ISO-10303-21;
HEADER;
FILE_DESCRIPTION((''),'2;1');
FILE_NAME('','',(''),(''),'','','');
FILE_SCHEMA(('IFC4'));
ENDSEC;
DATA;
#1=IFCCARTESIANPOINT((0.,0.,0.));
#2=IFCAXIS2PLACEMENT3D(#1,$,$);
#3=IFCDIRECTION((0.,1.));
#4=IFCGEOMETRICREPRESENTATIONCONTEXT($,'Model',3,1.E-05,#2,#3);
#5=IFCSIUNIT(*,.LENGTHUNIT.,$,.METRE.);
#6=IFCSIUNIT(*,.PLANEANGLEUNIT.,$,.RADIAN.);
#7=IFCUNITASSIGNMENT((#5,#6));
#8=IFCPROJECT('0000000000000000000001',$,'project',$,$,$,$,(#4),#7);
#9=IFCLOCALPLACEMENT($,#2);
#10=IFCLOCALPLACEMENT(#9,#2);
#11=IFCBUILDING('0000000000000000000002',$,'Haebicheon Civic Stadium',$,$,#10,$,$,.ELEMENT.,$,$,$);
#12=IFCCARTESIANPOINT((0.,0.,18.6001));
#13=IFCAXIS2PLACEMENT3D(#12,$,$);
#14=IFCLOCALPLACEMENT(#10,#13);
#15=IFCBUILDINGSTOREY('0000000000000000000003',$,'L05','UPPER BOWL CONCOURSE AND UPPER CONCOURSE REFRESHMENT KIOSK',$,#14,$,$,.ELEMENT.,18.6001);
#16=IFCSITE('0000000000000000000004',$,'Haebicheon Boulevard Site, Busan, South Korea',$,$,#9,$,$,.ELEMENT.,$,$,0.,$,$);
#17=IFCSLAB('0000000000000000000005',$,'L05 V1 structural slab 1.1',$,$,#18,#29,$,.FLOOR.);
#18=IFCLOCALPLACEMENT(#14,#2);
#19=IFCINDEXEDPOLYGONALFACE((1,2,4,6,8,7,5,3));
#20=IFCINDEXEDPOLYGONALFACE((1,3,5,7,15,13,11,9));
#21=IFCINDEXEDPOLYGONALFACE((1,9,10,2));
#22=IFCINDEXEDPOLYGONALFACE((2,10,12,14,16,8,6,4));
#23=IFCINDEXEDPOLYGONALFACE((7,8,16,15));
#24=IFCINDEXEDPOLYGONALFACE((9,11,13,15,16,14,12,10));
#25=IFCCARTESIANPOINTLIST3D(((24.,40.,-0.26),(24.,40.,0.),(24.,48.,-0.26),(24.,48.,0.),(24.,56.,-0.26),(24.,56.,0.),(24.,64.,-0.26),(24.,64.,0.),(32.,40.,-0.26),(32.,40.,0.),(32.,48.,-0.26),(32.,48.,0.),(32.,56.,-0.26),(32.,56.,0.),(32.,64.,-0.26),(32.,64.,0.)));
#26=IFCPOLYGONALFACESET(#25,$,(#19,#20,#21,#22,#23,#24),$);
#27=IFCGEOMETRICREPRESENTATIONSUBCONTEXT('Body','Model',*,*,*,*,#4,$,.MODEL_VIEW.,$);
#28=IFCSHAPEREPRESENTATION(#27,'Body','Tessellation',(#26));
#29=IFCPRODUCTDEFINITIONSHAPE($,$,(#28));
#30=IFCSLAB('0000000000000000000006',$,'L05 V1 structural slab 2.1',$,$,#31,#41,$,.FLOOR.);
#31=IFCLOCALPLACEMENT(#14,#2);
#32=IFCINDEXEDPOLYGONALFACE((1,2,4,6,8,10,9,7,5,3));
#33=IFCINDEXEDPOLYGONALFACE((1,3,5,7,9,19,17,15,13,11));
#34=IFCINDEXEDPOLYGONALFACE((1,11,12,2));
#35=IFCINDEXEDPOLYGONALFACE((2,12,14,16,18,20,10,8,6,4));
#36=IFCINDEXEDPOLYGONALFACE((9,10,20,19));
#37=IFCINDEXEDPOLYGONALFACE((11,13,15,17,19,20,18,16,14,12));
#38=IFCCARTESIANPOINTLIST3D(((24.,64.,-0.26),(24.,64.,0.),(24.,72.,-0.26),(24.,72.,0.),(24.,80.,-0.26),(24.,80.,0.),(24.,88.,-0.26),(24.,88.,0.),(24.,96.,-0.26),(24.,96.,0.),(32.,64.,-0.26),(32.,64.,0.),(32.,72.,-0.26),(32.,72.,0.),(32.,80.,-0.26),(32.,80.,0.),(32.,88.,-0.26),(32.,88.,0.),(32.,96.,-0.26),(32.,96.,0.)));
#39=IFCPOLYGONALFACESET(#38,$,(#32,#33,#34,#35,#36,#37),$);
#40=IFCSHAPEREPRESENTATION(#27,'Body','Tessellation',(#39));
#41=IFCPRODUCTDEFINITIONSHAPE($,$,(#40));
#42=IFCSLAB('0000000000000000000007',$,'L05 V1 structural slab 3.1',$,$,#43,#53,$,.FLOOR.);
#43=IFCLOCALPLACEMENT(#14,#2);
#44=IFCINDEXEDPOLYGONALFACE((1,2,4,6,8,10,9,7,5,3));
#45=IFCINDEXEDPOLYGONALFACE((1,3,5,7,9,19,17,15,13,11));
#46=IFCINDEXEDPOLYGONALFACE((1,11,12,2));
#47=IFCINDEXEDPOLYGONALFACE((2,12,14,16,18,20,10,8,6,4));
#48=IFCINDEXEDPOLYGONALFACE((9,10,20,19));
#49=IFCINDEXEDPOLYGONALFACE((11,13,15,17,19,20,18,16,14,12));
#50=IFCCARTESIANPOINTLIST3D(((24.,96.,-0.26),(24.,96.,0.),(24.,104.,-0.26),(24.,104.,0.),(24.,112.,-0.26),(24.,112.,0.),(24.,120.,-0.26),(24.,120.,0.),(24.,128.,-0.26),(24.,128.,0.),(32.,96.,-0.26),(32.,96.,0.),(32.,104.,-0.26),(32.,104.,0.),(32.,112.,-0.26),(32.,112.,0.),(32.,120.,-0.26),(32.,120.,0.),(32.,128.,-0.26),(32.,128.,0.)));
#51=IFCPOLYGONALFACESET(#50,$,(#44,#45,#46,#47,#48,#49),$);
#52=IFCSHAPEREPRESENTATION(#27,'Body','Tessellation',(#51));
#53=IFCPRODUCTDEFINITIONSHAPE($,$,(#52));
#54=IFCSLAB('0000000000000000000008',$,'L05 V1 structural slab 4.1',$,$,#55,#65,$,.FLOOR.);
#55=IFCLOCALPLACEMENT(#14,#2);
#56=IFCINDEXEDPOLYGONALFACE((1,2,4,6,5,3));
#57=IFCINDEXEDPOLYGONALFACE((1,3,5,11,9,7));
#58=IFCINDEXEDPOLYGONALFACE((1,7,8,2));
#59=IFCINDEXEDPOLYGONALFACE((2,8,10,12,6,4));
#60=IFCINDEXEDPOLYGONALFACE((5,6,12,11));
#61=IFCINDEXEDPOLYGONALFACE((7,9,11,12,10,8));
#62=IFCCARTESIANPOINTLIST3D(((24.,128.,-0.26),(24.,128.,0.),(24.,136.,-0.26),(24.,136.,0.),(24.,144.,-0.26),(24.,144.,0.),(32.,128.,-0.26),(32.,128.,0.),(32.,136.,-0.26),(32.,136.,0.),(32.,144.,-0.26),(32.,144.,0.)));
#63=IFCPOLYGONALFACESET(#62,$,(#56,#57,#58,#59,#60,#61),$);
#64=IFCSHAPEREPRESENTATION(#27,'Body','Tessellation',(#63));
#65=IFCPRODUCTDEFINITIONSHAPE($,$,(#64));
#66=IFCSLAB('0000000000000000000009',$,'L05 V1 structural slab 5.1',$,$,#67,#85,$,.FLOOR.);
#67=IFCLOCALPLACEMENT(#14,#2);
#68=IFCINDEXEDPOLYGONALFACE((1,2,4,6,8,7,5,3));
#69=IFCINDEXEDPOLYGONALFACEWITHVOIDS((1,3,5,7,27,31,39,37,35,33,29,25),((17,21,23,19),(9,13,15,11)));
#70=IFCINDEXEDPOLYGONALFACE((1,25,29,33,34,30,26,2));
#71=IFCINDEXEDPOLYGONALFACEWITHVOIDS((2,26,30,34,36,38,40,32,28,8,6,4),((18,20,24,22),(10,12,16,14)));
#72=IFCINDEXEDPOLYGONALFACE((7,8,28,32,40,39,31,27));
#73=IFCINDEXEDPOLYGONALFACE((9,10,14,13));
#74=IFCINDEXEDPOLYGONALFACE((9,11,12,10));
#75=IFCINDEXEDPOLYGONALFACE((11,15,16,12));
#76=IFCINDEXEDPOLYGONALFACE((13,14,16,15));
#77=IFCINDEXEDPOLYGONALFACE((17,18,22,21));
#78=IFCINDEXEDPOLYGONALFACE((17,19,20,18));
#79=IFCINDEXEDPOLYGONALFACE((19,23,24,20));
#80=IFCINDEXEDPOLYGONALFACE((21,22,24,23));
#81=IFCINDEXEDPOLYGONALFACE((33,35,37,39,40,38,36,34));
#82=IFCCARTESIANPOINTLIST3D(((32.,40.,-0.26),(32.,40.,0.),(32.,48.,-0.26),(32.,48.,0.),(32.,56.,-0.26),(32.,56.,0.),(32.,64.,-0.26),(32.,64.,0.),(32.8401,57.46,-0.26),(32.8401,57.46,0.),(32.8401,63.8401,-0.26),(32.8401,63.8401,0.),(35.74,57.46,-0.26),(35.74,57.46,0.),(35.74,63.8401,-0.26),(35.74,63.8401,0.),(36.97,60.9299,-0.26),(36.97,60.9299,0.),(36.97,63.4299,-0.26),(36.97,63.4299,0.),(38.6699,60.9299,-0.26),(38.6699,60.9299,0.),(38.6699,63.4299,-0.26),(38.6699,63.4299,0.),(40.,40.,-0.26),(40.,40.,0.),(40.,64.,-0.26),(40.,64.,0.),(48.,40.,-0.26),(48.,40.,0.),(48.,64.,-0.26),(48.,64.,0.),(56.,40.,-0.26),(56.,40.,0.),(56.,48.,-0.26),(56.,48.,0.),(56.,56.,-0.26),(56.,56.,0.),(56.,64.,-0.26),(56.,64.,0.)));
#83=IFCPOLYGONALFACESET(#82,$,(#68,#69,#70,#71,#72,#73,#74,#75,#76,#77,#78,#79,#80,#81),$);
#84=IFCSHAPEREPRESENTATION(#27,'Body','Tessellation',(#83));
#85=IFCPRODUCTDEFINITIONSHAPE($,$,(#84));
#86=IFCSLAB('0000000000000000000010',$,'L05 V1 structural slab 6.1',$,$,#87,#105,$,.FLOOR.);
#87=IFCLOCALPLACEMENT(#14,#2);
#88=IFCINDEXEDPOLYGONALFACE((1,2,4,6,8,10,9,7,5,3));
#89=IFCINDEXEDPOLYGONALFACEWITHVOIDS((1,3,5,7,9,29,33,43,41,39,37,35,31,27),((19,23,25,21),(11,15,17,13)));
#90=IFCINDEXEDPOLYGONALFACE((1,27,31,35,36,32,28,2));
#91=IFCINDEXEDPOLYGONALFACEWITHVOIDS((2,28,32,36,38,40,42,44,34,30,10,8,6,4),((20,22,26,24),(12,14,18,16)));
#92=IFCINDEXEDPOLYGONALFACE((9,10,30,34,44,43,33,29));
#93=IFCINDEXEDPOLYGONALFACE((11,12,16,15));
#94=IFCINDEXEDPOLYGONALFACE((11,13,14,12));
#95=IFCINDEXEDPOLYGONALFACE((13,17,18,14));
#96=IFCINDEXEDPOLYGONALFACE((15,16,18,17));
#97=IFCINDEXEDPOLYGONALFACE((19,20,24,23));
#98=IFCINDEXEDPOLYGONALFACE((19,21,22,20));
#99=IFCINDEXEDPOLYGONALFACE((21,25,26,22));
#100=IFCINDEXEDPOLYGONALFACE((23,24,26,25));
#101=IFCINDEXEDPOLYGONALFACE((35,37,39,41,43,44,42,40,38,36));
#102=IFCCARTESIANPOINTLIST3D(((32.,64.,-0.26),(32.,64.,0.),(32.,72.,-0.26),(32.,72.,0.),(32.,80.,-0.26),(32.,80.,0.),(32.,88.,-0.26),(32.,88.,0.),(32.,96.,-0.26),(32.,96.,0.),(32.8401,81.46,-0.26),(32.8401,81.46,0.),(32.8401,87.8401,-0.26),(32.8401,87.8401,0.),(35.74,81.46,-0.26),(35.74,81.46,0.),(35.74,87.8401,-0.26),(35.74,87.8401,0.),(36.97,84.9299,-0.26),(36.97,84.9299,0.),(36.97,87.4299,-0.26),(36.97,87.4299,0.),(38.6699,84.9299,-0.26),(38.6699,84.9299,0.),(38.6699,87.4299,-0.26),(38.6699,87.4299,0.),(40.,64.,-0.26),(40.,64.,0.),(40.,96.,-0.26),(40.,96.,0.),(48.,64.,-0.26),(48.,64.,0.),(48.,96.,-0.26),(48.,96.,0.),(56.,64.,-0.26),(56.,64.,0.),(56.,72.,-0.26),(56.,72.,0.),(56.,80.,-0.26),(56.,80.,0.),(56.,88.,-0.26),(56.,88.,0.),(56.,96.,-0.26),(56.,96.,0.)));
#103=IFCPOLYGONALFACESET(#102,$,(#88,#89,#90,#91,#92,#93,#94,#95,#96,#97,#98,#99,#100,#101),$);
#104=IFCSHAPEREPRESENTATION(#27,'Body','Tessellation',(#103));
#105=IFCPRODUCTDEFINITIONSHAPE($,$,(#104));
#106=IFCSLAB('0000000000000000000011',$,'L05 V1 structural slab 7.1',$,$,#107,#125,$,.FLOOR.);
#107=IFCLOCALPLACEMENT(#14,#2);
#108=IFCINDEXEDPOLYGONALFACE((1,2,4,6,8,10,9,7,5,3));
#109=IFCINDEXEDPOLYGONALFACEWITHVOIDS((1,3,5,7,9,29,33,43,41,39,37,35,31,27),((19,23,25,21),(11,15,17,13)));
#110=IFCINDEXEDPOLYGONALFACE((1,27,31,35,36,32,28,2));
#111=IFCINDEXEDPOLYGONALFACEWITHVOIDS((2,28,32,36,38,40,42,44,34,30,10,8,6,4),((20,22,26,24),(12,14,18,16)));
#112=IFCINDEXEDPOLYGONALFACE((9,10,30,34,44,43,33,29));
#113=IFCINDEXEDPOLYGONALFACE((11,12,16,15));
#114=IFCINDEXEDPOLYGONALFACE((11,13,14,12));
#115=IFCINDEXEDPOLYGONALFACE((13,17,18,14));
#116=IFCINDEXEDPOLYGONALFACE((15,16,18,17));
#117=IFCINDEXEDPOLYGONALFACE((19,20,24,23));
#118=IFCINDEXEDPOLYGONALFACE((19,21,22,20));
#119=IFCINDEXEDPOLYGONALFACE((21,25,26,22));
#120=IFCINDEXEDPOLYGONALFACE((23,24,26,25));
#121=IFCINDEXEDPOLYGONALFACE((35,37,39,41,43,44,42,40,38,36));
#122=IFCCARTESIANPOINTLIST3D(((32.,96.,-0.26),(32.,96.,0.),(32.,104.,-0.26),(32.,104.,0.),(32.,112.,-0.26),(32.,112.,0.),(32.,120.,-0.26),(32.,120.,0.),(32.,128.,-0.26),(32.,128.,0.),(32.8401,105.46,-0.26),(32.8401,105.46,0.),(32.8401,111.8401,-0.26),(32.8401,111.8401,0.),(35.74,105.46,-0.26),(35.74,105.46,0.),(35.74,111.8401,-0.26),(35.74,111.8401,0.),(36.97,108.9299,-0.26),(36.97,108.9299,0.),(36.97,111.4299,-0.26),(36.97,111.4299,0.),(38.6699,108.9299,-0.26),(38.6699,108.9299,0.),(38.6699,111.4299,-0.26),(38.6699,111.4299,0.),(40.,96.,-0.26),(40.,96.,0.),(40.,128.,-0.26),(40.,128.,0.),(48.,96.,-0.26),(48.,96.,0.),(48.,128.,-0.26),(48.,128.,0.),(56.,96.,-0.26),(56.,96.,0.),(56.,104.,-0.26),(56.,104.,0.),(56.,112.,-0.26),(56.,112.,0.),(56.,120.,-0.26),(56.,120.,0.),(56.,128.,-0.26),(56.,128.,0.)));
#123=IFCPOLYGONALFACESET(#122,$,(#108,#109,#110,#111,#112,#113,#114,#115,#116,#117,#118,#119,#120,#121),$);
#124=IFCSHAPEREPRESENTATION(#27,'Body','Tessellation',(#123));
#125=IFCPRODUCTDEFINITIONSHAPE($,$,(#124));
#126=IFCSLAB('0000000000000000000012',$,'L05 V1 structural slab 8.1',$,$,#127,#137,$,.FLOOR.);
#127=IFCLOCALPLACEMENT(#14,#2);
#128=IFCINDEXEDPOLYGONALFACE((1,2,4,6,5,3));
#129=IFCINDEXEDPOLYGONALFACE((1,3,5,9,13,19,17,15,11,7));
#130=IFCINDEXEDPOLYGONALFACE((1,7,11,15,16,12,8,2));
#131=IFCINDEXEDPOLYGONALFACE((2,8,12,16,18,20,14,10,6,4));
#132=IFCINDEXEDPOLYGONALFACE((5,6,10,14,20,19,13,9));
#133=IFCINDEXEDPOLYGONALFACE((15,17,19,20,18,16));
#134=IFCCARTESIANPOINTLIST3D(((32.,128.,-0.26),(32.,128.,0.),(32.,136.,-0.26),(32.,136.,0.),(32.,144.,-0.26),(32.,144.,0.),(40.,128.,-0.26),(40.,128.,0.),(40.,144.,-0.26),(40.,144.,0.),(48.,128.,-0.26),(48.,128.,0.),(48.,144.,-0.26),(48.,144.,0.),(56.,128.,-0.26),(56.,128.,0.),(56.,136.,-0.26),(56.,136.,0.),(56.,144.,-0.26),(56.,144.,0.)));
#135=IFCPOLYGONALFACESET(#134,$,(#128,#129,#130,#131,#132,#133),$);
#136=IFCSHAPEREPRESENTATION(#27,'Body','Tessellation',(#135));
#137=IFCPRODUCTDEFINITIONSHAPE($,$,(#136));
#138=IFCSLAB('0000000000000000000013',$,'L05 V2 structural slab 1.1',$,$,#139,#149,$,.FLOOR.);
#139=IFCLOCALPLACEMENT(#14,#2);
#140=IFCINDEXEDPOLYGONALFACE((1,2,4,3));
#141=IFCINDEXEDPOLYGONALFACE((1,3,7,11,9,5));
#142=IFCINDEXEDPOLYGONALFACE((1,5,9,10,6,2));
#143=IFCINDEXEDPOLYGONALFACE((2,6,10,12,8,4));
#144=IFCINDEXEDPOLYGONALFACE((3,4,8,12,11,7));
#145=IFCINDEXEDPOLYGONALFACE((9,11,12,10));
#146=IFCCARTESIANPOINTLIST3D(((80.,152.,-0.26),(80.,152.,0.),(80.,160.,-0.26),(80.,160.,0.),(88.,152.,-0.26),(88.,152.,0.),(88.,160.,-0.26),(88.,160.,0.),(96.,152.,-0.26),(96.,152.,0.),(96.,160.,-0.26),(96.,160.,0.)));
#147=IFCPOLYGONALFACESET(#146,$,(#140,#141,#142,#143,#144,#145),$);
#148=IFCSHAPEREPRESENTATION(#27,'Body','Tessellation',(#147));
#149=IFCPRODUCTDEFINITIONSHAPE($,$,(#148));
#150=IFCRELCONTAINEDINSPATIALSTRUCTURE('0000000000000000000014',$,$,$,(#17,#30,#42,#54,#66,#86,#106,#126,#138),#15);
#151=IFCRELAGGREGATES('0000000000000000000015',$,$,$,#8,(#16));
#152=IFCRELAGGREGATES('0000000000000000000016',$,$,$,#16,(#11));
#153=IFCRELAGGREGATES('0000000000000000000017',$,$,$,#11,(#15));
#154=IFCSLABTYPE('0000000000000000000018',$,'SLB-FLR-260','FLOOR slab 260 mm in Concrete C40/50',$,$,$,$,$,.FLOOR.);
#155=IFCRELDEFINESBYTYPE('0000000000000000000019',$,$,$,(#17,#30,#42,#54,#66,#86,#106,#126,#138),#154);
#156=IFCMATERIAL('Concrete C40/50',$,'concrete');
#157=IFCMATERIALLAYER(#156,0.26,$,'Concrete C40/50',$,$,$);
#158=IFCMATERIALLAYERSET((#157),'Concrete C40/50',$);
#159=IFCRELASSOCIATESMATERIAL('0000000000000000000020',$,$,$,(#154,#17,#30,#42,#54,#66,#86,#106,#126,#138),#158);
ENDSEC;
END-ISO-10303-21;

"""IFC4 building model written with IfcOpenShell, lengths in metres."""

from ifc_helpers import new_model, si_unit, direction, frame, origin, place, context, subcontext, project, spatial, polyline, outline, extrude, material, layer, layer_set, type_object, element, save


model = new_model("IFC4")

# Units and contexts
model_context = context("Model", 3, precision=1e-05, world=origin(), true_north=direction((0.0, 1.0)))
body_context = subcontext(model_context, "Body", "Model", "MODEL_VIEW")
ifc_project = project(units=[si_unit("LENGTHUNIT", "METRE"), si_unit("PLANEANGLEUNIT", "RADIAN")], contexts=[model_context])

# Site, building, storey
site_placement = place(None, origin())
site = spatial("IfcSite", under=ifc_project, at=site_placement, Name="Haebicheon Boulevard Site, Busan, South Korea", CompositionType="ELEMENT", RefElevation=0.0)
building_placement = place(site_placement, origin())
building = spatial("IfcBuilding", under=site, at=building_placement, Name="Haebicheon Civic Stadium", CompositionType="ELEMENT")
storey_placement = place(building_placement, frame((0.0, 0.0, 18.6001)))
storey = spatial("IfcBuildingStorey", under=building, at=storey_placement, Name="L05", Description="UPPER BOWL CONCOURSE AND UPPER CONCOURSE REFRESHMENT KIOSK", CompositionType="ELEMENT", Elevation=18.6001)

# Slabs
ifc_material_1 = material(Name="Concrete C40/50", Category="concrete")
ifc_layer_1 = layer(ifc_material_1, 0.26, Name="Concrete C40/50")
ifc_layer_set_1 = layer_set([ifc_layer_1], Name="Concrete C40/50")
slab_type_1 = type_object("IfcSlabType", Name="SLB-FLR-260", Description="FLOOR slab 260 mm in Concrete C40/50", PredefinedType="FLOOR", material=ifc_layer_set_1)
slab_1_placement = place(storey_placement, frame((0.0, 0.0, -0.26)))
element("IfcSlab", 1, at=slab_1_placement, inside=storey, type_object=slab_type_1, material=ifc_layer_set_1, Name="L05 V1 structural slab 1.1", PredefinedType="FLOOR", context=body_context, shape_type="SweptSolid", body=[
    extrude(outline(polyline([(32.0, 40.0), (24.0, 40.0), (24.0, 48.0), (24.0, 56.0), (24.0, 64.0), (32.0, 64.0), (32.0, 56.0), (32.0, 48.0), (32.0, 40.0)])), origin(), (0.0, 0.0, 1.0), 0.26),
])
slab_2_placement = place(storey_placement, frame((0.0, 0.0, -0.26)))
element("IfcSlab", 2, at=slab_2_placement, inside=storey, type_object=slab_type_1, material=ifc_layer_set_1, Name="L05 V1 structural slab 2.1", PredefinedType="FLOOR", context=body_context, shape_type="SweptSolid", body=[
    extrude(outline(polyline([(24.0, 64.0), (24.0, 72.0), (24.0, 80.0), (24.0, 88.0), (24.0, 96.0), (32.0, 96.0), (32.0, 88.0), (32.0, 80.0), (32.0, 72.0), (32.0, 64.0), (24.0, 64.0)])), origin(), (0.0, 0.0, 1.0), 0.26),
])
slab_3_placement = place(storey_placement, frame((0.0, 0.0, -0.26)))
element("IfcSlab", 3, at=slab_3_placement, inside=storey, type_object=slab_type_1, material=ifc_layer_set_1, Name="L05 V1 structural slab 3.1", PredefinedType="FLOOR", context=body_context, shape_type="SweptSolid", body=[
    extrude(outline(polyline([(24.0, 96.0), (24.0, 104.0), (24.0, 112.0), (24.0, 120.0), (24.0, 128.0), (32.0, 128.0), (32.0, 120.0), (32.0, 112.0), (32.0, 104.0), (32.0, 96.0), (24.0, 96.0)])), origin(), (0.0, 0.0, 1.0), 0.26),
])
slab_4_placement = place(storey_placement, frame((0.0, 0.0, -0.26)))
element("IfcSlab", 4, at=slab_4_placement, inside=storey, type_object=slab_type_1, material=ifc_layer_set_1, Name="L05 V1 structural slab 4.1", PredefinedType="FLOOR", context=body_context, shape_type="SweptSolid", body=[
    extrude(outline(polyline([(32.0, 128.0), (24.0, 128.0), (24.0, 136.0), (24.0, 144.0), (32.0, 144.0), (32.0, 136.0), (32.0, 128.0)])), origin(), (0.0, 0.0, 1.0), 0.26),
])
slab_5_placement = place(storey_placement, frame((0.0, 0.0, -0.26)))
element("IfcSlab", 5, at=slab_5_placement, inside=storey, type_object=slab_type_1, material=ifc_layer_set_1, Name="L05 V1 structural slab 5.1", PredefinedType="FLOOR", context=body_context, shape_type="SweptSolid", body=[
    extrude(outline(polyline([(32.0, 56.0), (32.0, 64.0), (40.0, 64.0), (48.0, 64.0), (56.0, 64.0), (56.0, 56.0), (56.0, 48.0), (56.0, 40.0), (48.0, 40.0), (40.0, 40.0), (32.0, 40.0), (32.0, 48.0), (32.0, 56.0)]), holes=[polyline([(32.8401, 57.46), (35.74, 57.46), (35.74, 63.8401), (32.8401, 63.8401), (32.8401, 57.46)]), polyline([(36.97, 60.9299), (38.6699, 60.9299), (38.6699, 63.4299), (36.97, 63.4299), (36.97, 60.9299)])]), origin(), (0.0, 0.0, 1.0), 0.26),
])
slab_6_placement = place(storey_placement, frame((0.0, 0.0, -0.26)))
element("IfcSlab", 6, at=slab_6_placement, inside=storey, type_object=slab_type_1, material=ifc_layer_set_1, Name="L05 V1 structural slab 6.1", PredefinedType="FLOOR", context=body_context, shape_type="SweptSolid", body=[
    extrude(outline(polyline([(32.0, 80.0), (32.0, 88.0), (32.0, 96.0), (40.0, 96.0), (48.0, 96.0), (56.0, 96.0), (56.0, 88.0), (56.0, 80.0), (56.0, 72.0), (56.0, 64.0), (48.0, 64.0), (40.0, 64.0), (32.0, 64.0), (32.0, 72.0), (32.0, 80.0)]), holes=[polyline([(32.8401, 81.46), (35.74, 81.46), (35.74, 87.8401), (32.8401, 87.8401), (32.8401, 81.46)]), polyline([(36.97, 84.9299), (38.6699, 84.9299), (38.6699, 87.4299), (36.97, 87.4299), (36.97, 84.9299)])]), origin(), (0.0, 0.0, 1.0), 0.26),
])
slab_7_placement = place(storey_placement, frame((0.0, 0.0, -0.26)))
element("IfcSlab", 7, at=slab_7_placement, inside=storey, type_object=slab_type_1, material=ifc_layer_set_1, Name="L05 V1 structural slab 7.1", PredefinedType="FLOOR", context=body_context, shape_type="SweptSolid", body=[
    extrude(outline(polyline([(32.0, 112.0), (32.0, 120.0), (32.0, 128.0), (40.0, 128.0), (48.0, 128.0), (56.0, 128.0), (56.0, 120.0), (56.0, 112.0), (56.0, 104.0), (56.0, 96.0), (48.0, 96.0), (40.0, 96.0), (32.0, 96.0), (32.0, 104.0), (32.0, 112.0)]), holes=[polyline([(32.8401, 105.46), (35.74, 105.46), (35.74, 111.8401), (32.8401, 111.8401), (32.8401, 105.46)]), polyline([(36.97, 108.9299), (38.6699, 108.9299), (38.6699, 111.4299), (36.97, 111.4299), (36.97, 108.9299)])]), origin(), (0.0, 0.0, 1.0), 0.26),
])
slab_8_placement = place(storey_placement, frame((0.0, 0.0, -0.26)))
element("IfcSlab", 8, at=slab_8_placement, inside=storey, type_object=slab_type_1, material=ifc_layer_set_1, Name="L05 V1 structural slab 8.1", PredefinedType="FLOOR", context=body_context, shape_type="SweptSolid", body=[
    extrude(outline(polyline([(32.0, 136.0), (32.0, 144.0), (40.0, 144.0), (48.0, 144.0), (56.0, 144.0), (56.0, 136.0), (56.0, 128.0), (48.0, 128.0), (40.0, 128.0), (32.0, 128.0), (32.0, 136.0)])), origin(), (0.0, 0.0, 1.0), 0.26),
])
slab_9_placement = place(storey_placement, frame((0.0, 0.0, -0.26)))
element("IfcSlab", 9, at=slab_9_placement, inside=storey, type_object=slab_type_1, material=ifc_layer_set_1, Name="L05 V2 structural slab 1.1", PredefinedType="FLOOR", context=body_context, shape_type="SweptSolid", body=[
    extrude(outline(polyline([(80.0, 152.0), (80.0, 160.0), (88.0, 160.0), (96.0, 160.0), (96.0, 152.0), (88.0, 152.0), (80.0, 152.0)])), origin(), (0.0, 0.0, 1.0), 0.26),
])

save(model, "model.ifc")
